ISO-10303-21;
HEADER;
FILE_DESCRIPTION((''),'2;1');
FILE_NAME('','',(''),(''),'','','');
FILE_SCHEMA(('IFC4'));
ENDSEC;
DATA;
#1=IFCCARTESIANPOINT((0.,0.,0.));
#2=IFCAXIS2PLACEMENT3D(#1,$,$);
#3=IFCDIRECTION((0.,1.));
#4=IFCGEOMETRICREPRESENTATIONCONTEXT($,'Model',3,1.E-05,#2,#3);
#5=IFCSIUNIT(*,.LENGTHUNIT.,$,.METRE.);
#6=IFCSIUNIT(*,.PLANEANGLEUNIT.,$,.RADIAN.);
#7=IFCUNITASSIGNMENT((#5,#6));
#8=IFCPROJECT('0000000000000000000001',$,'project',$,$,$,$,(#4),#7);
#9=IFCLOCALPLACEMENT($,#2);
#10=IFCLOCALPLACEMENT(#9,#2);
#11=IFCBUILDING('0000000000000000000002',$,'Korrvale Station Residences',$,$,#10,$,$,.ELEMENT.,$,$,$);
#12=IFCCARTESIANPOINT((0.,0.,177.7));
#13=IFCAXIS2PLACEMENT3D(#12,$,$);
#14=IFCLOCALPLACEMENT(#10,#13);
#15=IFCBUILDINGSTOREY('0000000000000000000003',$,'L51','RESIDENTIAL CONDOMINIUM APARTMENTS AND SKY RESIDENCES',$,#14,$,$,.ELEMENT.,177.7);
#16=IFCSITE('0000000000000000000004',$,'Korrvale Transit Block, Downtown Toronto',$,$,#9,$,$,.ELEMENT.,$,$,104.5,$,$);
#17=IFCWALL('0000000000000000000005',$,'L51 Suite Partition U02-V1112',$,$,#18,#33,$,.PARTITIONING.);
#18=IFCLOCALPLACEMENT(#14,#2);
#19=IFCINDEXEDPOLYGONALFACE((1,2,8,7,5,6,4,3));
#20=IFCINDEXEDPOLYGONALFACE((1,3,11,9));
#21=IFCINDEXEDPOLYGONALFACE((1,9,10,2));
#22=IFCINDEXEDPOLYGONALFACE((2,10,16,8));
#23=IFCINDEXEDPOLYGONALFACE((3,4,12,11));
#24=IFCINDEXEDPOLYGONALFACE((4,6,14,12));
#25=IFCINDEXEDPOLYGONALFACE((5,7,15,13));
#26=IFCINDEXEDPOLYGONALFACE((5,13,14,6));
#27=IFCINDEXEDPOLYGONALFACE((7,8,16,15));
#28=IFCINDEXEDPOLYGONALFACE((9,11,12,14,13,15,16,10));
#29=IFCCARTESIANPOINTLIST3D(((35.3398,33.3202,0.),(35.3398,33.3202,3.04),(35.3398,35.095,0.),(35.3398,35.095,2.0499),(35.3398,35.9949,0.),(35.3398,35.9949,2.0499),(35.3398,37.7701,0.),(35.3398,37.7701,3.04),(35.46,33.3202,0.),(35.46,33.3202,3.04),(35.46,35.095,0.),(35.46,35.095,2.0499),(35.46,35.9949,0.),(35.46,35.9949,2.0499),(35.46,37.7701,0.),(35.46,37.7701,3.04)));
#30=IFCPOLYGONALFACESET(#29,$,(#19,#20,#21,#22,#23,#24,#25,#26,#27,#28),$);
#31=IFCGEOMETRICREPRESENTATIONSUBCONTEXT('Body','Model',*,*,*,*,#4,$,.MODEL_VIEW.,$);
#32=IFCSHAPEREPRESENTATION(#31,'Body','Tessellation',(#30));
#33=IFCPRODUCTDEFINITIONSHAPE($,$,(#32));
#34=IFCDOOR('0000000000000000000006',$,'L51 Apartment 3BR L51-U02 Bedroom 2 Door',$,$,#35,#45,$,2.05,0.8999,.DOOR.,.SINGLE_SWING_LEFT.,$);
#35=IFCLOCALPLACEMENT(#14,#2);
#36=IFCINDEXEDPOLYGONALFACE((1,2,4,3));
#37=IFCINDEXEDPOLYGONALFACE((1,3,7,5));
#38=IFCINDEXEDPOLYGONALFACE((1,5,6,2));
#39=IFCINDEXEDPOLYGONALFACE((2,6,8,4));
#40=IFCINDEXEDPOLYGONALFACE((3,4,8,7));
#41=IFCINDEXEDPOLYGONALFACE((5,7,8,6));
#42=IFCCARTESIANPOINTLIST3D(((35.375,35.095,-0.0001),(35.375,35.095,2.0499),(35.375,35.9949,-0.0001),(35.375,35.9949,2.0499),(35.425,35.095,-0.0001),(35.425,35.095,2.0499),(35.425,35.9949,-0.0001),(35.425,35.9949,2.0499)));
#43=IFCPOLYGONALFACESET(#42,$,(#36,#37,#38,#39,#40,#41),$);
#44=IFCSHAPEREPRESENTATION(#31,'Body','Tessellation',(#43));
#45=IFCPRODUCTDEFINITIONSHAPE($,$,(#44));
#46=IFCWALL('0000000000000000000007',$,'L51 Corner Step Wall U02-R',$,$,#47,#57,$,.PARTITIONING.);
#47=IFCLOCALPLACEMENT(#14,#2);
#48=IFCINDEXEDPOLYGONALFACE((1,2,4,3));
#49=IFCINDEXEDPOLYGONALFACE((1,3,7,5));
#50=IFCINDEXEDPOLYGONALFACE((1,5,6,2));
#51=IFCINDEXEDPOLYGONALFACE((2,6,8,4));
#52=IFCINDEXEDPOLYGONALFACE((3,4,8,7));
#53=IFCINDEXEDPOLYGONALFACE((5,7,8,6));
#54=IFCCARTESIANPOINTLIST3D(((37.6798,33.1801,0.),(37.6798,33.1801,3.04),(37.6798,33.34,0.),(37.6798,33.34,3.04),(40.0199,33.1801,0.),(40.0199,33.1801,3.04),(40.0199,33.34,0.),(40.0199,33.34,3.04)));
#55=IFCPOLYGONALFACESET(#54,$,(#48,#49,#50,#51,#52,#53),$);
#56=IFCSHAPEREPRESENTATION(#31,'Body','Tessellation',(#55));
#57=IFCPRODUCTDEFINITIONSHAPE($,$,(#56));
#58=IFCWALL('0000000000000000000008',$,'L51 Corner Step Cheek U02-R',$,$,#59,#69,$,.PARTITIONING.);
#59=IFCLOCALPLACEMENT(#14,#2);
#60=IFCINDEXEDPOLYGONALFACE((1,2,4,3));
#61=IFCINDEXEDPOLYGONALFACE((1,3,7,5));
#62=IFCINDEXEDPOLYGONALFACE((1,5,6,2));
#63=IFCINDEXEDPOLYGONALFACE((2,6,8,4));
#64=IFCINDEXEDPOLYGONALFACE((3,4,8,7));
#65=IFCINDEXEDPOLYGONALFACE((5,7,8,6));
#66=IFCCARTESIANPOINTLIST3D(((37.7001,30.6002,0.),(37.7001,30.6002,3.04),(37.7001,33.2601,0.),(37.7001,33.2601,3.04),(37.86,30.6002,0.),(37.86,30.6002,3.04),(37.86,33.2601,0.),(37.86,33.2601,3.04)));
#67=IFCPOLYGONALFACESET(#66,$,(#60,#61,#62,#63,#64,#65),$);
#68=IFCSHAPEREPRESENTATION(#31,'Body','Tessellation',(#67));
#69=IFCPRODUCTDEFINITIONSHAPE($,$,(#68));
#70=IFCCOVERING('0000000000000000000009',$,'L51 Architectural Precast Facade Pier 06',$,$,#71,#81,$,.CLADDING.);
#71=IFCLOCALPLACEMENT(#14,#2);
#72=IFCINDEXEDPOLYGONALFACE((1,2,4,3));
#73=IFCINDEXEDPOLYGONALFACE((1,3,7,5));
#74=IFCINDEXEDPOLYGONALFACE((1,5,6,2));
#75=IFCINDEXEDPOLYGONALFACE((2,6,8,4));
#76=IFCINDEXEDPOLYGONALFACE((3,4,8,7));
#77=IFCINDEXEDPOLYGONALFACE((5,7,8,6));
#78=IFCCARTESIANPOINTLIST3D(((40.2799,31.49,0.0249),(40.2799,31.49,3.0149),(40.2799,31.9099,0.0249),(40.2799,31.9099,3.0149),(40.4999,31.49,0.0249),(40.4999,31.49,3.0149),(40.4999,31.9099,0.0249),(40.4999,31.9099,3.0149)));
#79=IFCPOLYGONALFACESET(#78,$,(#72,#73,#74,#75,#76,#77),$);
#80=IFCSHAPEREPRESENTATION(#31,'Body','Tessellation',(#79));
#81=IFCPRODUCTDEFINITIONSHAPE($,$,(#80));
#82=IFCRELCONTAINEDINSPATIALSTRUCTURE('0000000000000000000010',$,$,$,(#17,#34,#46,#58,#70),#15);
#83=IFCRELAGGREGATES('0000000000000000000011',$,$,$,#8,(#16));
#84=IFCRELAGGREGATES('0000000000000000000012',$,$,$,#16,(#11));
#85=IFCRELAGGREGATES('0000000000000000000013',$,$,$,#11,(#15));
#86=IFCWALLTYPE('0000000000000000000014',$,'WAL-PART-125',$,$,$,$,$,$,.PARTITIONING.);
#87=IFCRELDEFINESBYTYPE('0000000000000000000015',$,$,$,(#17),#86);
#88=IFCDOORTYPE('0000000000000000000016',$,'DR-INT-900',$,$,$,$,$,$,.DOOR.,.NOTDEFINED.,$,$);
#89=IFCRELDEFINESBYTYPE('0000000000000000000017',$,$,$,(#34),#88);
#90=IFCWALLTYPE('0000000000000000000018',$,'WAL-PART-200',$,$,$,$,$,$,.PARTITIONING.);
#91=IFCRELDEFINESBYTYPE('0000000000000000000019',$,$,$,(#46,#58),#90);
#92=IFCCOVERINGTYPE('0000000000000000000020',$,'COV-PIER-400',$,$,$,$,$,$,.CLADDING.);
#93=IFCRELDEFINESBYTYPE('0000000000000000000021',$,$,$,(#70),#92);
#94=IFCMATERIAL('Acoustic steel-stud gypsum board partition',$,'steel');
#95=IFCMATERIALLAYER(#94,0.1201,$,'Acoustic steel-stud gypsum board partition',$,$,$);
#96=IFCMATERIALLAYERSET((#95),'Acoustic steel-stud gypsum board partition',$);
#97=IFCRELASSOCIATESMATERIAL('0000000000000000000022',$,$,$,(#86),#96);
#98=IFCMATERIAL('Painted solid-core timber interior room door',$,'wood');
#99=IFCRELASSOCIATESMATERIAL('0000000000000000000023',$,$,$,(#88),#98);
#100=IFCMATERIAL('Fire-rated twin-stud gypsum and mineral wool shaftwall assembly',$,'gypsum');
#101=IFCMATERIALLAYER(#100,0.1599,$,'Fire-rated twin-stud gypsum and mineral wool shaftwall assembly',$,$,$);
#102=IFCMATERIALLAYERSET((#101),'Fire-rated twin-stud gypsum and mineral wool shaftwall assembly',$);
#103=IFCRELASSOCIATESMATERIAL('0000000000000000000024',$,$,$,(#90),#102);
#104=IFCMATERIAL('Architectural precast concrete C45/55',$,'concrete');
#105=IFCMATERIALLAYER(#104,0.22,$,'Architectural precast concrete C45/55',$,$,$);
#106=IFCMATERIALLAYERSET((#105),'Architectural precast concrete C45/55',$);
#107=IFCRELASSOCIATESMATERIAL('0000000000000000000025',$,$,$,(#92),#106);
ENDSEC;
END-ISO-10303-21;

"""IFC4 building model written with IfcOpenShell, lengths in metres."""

from ifc_helpers import new_model, si_unit, direction, frame, frame_2d, origin, origin_2d, place, context, subcontext, project, spatial, rectangle, extrude, material, layer, layer_set, type_object, element, fill, save


model = new_model("IFC4")

# Units and contexts
model_context = context("Model", 3, precision=1e-05, world=origin(), true_north=direction((0.0, 1.0)))
body_context = subcontext(model_context, "Body", "Model", "MODEL_VIEW")
ifc_project = project(units=[si_unit("LENGTHUNIT", "METRE"), si_unit("PLANEANGLEUNIT", "RADIAN")], contexts=[model_context])

# Site, building, storey
site_placement = place(None, origin())
site = spatial("IfcSite", under=ifc_project, at=site_placement, Name="Korrvale Transit Block, Downtown Toronto", CompositionType="ELEMENT", RefElevation=104.5)
building_placement = place(site_placement, origin())
building = spatial("IfcBuilding", under=site, at=building_placement, Name="Korrvale Station Residences", CompositionType="ELEMENT")
storey_placement = place(building_placement, frame((0.0, 0.0, 177.7)))
storey = spatial("IfcBuildingStorey", under=building, at=storey_placement, Name="L51", Description="RESIDENTIAL CONDOMINIUM APARTMENTS AND SKY RESIDENCES", CompositionType="ELEMENT", Elevation=177.7)

# Shared definitions
ifc_material_1 = material(Name="Acoustic steel-stud gypsum board partition", Category="steel")
ifc_layer_1 = layer(ifc_material_1, 0.1201, Name="Acoustic steel-stud gypsum board partition")
ifc_layer_set_1 = layer_set([ifc_layer_1], Name="Acoustic steel-stud gypsum board partition")
wall_type_1 = type_object("IfcWallType", Name="WAL-PART-125", PredefinedType="PARTITIONING", material=ifc_layer_set_1)
ifc_material_2 = material(Name="Painted solid-core timber interior room door", Category="wood")
door_type = type_object("IfcDoorType", Name="DR-INT-900", OperationType="NOTDEFINED", PredefinedType="DOOR", material=ifc_material_2)

# Wall, opening, door
wall_1_placement = place(storey_placement, frame((35.3999, 33.3201, 0.0), z_axis=(0.0, 0.0, 1.0), x_axis=(0.0, 1.0, 0.0)))
wall_1 = element("IfcWall", 1, at=wall_1_placement, inside=storey, type_object=wall_type_1, Name="L51 Suite Partition U02-V1112", PredefinedType="PARTITIONING", context=body_context, shape_type="SweptSolid", body=[
    extrude(rectangle(XDim=4.45, YDim=0.1201, at=frame_2d((2.2251, 0.0))), origin(), (0.0, 0.0, 1.0), 3.04),
])
opening_1_placement = place(wall_1_placement, frame((1.7749, 0.0, 0.0)))
opening_1 = element("IfcOpeningElement", 2, at=opening_1_placement, cuts=wall_1, PredefinedType="OPENING", context=body_context, shape_type="SweptSolid", body=[
    extrude(rectangle(XDim=0.8999, YDim=2.05, at=frame_2d((0.45, 1.0249))), frame((0.0, 0.0701, 0.0), z_axis=(0.0, -1.0, 0.0), x_axis=(1.0, 0.0, 0.0)), (0.0, 0.0, 1.0), 0.1401),
])
door_1_placement = place(opening_1_placement, origin())
door_1 = element("IfcDoor", 3, at=door_1_placement, inside=storey, type_object=door_type, Name="L51 Apartment 3BR L51-U02 Bedroom 2 Door", OperationType="SINGLE_SWING_LEFT", OverallHeight=2.05, OverallWidth=0.8999, PredefinedType="DOOR", context=body_context, shape_type="SweptSolid", body=[
    extrude(rectangle(XDim=0.8999, YDim=2.05, at=frame_2d((0.45, 1.0249))), frame((0.0, 0.0249, 0.0), z_axis=(0.0, -1.0, 0.0), x_axis=(1.0, 0.0, 0.0)), (0.0, 0.0, 1.0), 0.05),
])
fill(opening_1, door_1)

# Walls
ifc_material_3 = material(Name="Fire-rated twin-stud gypsum and mineral wool shaftwall assembly", Category="gypsum")
ifc_layer_2 = layer(ifc_material_3, 0.1599, Name="Fire-rated twin-stud gypsum and mineral wool shaftwall assembly")
ifc_layer_set_2 = layer_set([ifc_layer_2], Name="Fire-rated twin-stud gypsum and mineral wool shaftwall assembly")
wall_type_2 = type_object("IfcWallType", Name="WAL-PART-200", PredefinedType="PARTITIONING", material=ifc_layer_set_2)
wall_2_placement = place(storey_placement, frame((37.6799, 33.26, 0.0), z_axis=(0.0, 0.0, 1.0), x_axis=(1.0, 0.0, 0.0)))
element("IfcWall", 4, at=wall_2_placement, inside=storey, type_object=wall_type_2, Name="L51 Corner Step Wall U02-R", PredefinedType="PARTITIONING", context=body_context, shape_type="SweptSolid", body=[
    extrude(rectangle(XDim=2.3401, YDim=0.1599, at=frame_2d((1.1699, 0.0))), origin(), (0.0, 0.0, 1.0), 3.04),
])
wall_3_placement = place(storey_placement, frame((37.78, 30.6001, 0.0), z_axis=(0.0, 0.0, 1.0), x_axis=(0.0, 1.0, 0.0)))
element("IfcWall", 5, at=wall_3_placement, inside=storey, type_object=wall_type_2, Name="L51 Corner Step Cheek U02-R", PredefinedType="PARTITIONING", context=body_context, shape_type="SweptSolid", body=[
    extrude(rectangle(XDim=2.6599, YDim=0.1599, at=frame_2d((1.3301, 0.0))), origin(), (0.0, 0.0, 1.0), 3.04),
])

# Covering
ifc_material_4 = material(Name="Architectural precast concrete C45/55", Category="concrete")
ifc_layer_3 = layer(ifc_material_4, 0.22, Name="Architectural precast concrete C45/55")
ifc_layer_set_3 = layer_set([ifc_layer_3], Name="Architectural precast concrete C45/55")
covering_type = type_object("IfcCoveringType", Name="COV-PIER-400", PredefinedType="CLADDING", material=ifc_layer_set_3)
covering_placement = place(storey_placement, frame((40.3899, 31.7, 0.0249), z_axis=(0.0, 0.0, 1.0), x_axis=(0.0, 1.0, 0.0)))
element("IfcCovering", 6, at=covering_placement, inside=storey, type_object=covering_type, Name="L51 Architectural Precast Facade Pier 06", PredefinedType="CLADDING", context=body_context, shape_type="SweptSolid", body=[
    extrude(rectangle(XDim=0.4199, YDim=0.22, at=origin_2d()), origin(), (0.0, 0.0, 1.0), 2.99),
])

save(model, "model.ifc")
